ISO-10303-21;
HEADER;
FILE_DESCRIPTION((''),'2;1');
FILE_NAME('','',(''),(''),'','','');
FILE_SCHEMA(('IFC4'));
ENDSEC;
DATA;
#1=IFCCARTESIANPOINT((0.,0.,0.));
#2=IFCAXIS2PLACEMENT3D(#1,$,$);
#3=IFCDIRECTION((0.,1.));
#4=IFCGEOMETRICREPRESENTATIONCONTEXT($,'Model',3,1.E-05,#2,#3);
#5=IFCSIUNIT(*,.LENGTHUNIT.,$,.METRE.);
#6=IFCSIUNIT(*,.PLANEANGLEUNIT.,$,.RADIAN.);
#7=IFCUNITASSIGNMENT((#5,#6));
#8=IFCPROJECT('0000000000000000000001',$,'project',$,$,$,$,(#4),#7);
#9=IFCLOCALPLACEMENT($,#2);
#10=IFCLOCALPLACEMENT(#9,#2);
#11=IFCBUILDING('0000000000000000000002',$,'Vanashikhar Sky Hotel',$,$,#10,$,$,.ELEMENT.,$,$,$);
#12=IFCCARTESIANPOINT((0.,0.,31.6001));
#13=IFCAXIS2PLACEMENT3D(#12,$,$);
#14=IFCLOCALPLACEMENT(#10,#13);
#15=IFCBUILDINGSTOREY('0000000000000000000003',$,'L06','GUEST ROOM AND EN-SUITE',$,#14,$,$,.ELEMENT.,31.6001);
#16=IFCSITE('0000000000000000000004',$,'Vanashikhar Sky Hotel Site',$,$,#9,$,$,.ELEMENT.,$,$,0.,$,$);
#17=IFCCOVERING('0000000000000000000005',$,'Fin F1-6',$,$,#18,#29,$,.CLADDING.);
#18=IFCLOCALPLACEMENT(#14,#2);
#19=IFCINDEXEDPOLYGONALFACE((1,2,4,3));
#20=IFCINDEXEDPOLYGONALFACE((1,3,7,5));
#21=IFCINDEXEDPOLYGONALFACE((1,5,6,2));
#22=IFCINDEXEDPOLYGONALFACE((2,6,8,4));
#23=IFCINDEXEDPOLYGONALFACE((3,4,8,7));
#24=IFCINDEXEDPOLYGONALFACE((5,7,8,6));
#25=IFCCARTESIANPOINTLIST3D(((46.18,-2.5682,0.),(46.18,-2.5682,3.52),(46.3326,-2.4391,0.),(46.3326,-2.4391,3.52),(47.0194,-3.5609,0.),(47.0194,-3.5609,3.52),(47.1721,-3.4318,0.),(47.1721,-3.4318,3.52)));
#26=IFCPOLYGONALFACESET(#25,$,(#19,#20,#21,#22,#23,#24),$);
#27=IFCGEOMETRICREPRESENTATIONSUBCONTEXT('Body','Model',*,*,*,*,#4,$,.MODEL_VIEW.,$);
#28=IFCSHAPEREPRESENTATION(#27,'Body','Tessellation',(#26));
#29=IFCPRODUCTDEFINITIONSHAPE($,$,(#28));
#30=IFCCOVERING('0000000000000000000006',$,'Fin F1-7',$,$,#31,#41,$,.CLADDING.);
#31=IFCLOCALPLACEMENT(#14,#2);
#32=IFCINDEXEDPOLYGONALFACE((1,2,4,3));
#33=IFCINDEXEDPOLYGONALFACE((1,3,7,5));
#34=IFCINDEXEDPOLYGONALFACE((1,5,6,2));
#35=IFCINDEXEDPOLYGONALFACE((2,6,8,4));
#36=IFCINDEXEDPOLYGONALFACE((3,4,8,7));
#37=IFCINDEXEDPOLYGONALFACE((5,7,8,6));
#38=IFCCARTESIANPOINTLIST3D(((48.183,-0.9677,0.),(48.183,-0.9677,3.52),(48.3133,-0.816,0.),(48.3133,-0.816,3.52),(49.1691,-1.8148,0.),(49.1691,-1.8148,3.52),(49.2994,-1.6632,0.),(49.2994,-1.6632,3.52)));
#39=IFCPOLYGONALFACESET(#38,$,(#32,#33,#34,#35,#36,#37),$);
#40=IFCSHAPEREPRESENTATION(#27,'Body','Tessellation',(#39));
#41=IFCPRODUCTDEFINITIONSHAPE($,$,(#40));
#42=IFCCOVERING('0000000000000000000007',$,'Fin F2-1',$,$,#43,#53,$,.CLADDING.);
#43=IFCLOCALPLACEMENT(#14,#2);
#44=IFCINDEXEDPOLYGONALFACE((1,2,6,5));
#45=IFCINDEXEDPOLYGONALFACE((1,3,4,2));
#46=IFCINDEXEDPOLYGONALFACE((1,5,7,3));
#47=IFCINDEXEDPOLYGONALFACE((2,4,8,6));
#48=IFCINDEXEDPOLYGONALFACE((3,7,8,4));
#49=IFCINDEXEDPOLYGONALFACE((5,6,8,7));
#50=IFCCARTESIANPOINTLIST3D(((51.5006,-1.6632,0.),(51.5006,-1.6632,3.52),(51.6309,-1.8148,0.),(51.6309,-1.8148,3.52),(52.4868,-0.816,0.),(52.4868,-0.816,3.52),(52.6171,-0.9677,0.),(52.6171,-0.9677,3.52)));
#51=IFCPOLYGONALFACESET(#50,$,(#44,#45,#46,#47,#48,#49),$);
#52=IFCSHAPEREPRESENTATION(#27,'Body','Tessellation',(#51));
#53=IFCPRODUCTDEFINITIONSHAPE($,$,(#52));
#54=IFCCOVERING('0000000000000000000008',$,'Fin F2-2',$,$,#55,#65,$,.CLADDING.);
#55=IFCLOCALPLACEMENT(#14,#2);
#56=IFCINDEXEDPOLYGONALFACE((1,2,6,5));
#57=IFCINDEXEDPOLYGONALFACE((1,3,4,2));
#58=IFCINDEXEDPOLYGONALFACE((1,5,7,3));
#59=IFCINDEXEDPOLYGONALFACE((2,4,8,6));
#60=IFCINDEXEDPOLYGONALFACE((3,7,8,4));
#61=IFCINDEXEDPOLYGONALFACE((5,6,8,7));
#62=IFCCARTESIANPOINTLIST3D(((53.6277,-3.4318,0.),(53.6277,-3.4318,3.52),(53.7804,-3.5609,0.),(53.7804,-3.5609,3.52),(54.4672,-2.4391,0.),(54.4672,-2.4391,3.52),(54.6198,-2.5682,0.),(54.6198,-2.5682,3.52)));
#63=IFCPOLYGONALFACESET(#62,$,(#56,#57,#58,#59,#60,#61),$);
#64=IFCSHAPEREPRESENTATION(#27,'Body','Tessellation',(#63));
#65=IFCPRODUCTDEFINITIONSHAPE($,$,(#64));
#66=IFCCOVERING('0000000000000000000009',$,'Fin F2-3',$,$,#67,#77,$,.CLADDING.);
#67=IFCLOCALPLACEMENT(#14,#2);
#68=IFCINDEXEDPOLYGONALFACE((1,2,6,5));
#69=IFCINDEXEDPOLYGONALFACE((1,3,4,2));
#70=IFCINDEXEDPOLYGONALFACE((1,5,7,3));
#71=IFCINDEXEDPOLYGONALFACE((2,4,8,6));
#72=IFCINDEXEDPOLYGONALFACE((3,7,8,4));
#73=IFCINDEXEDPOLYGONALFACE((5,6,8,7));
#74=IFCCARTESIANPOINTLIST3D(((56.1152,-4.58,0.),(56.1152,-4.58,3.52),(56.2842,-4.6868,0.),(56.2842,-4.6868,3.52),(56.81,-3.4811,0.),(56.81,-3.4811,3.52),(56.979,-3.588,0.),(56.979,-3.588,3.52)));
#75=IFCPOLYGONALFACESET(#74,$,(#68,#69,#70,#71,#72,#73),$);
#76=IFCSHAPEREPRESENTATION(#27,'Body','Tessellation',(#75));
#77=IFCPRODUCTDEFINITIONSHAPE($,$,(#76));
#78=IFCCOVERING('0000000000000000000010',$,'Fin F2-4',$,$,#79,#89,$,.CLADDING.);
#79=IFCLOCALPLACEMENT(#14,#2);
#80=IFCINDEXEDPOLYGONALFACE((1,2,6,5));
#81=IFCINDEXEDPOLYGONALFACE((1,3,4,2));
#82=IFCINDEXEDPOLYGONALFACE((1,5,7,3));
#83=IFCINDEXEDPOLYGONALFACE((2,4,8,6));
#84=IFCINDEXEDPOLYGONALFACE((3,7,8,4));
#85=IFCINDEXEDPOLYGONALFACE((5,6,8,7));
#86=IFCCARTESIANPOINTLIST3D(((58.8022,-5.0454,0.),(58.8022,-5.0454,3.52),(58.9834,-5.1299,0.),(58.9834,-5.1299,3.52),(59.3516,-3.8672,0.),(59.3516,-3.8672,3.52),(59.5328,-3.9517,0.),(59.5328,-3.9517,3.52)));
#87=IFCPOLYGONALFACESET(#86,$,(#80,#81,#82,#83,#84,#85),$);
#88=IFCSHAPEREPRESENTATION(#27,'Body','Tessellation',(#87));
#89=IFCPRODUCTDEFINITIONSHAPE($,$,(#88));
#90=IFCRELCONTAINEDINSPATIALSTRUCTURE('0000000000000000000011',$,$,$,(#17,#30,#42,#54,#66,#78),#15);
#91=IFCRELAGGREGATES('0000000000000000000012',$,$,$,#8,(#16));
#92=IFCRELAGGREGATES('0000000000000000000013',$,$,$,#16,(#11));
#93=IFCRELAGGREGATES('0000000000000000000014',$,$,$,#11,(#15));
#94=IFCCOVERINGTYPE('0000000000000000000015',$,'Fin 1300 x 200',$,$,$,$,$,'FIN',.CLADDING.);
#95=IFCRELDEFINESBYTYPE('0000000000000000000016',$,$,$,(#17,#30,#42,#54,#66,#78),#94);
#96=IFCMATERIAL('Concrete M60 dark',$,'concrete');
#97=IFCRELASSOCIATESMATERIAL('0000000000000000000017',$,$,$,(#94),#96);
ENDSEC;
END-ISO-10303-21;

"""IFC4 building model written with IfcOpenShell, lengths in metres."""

from ifc_helpers import new_model, si_unit, direction, frame, origin, origin_2d, place, context, subcontext, project, spatial, rectangle, extrude, source, transform, mapped, material, material_profile, profile_set, type_object, element, save


model = new_model("IFC4")

# Units and contexts
model_context = context("Model", 3, precision=1e-05, world=origin(), true_north=direction((0.0, 1.0)))
body_context = subcontext(model_context, "Body", "Model", "MODEL_VIEW")
ifc_project = project(units=[si_unit("LENGTHUNIT", "METRE"), si_unit("PLANEANGLEUNIT", "RADIAN")], contexts=[model_context])

# Site, building, storey
site_placement = place(None, origin())
site = spatial("IfcSite", under=ifc_project, at=site_placement, Name="Vanashikhar Sky Hotel Site", CompositionType="ELEMENT", RefElevation=0.0)
building_placement = place(site_placement, origin())
building = spatial("IfcBuilding", under=site, at=building_placement, Name="Vanashikhar Sky Hotel", CompositionType="ELEMENT")
storey_placement = place(building_placement, frame((0.0, 0.0, 31.6001)))
storey = spatial("IfcBuildingStorey", under=building, at=storey_placement, Name="L06", Description="GUEST ROOM AND EN-SUITE", CompositionType="ELEMENT", Elevation=31.6001)

# Coverings
ifc_material_1 = material(Name="Concrete M60 dark", Category="concrete")
ifc_material_profile = material_profile(ifc_material_1, rectangle(XDim=1.3, YDim=0.2, at=origin_2d()))
ifc_profile_set = profile_set([ifc_material_profile], Name="Fin 1300 x 200")
covering_type = type_object("IfcCoveringType", Name="Fin 1300 x 200", ElementType="FIN", PredefinedType="CLADDING", material=ifc_profile_set)
shared_shape_1 = source(origin(), body_context, "Body", "SweptSolid", [
    extrude(rectangle(XDim=1.3, YDim=0.2, at=origin_2d()), origin(), (0.0, 0.0, 1.0), 3.52),
])
for number, where, z_axis, x_axis, name in (
    (1, (46.676, -3.0, 0.0), (0.0, 0.0, 1.0), (0.645698, -0.763593, 0.0), "Fin F1-6"),
    (2, (48.7412, -1.3154, 0.0), (0.0, 0.0, 1.0), (0.758544, -0.651622, 0.0), "Fin F1-7"),
    (3, (52.0588, -1.3154, 0.0), (0.0, 0.0, 1.0), (-0.758544, -0.651622, 0.0), "Fin F2-1"),
    (4, (54.1238, -3.0, 0.0), (0.0, 0.0, 1.0), (-0.645698, -0.763593, 0.0), "Fin F2-2"),
    (5, (56.5471, -4.084, 0.0), (0.0, 0.0, 1.0), (-0.534411, -0.845225, 0.0), "Fin F2-3"),
    (6, (59.1675, -4.4985, 0.0), (0.0, 0.0, 1.0), (-0.422618, -0.906308, 0.0), "Fin F2-4"),
):
    element("IfcCovering", number, at=place(storey_placement, frame(where, z_axis=z_axis, x_axis=x_axis)), inside=storey, type_object=covering_type, Name=name, PredefinedType="CLADDING", context=body_context, shape_type="MappedRepresentation", body=[
        mapped(shared_shape_1, transform((0.0, 0.0, 0.0), scale=1.0)),
    ])

save(model, "model.ifc")
